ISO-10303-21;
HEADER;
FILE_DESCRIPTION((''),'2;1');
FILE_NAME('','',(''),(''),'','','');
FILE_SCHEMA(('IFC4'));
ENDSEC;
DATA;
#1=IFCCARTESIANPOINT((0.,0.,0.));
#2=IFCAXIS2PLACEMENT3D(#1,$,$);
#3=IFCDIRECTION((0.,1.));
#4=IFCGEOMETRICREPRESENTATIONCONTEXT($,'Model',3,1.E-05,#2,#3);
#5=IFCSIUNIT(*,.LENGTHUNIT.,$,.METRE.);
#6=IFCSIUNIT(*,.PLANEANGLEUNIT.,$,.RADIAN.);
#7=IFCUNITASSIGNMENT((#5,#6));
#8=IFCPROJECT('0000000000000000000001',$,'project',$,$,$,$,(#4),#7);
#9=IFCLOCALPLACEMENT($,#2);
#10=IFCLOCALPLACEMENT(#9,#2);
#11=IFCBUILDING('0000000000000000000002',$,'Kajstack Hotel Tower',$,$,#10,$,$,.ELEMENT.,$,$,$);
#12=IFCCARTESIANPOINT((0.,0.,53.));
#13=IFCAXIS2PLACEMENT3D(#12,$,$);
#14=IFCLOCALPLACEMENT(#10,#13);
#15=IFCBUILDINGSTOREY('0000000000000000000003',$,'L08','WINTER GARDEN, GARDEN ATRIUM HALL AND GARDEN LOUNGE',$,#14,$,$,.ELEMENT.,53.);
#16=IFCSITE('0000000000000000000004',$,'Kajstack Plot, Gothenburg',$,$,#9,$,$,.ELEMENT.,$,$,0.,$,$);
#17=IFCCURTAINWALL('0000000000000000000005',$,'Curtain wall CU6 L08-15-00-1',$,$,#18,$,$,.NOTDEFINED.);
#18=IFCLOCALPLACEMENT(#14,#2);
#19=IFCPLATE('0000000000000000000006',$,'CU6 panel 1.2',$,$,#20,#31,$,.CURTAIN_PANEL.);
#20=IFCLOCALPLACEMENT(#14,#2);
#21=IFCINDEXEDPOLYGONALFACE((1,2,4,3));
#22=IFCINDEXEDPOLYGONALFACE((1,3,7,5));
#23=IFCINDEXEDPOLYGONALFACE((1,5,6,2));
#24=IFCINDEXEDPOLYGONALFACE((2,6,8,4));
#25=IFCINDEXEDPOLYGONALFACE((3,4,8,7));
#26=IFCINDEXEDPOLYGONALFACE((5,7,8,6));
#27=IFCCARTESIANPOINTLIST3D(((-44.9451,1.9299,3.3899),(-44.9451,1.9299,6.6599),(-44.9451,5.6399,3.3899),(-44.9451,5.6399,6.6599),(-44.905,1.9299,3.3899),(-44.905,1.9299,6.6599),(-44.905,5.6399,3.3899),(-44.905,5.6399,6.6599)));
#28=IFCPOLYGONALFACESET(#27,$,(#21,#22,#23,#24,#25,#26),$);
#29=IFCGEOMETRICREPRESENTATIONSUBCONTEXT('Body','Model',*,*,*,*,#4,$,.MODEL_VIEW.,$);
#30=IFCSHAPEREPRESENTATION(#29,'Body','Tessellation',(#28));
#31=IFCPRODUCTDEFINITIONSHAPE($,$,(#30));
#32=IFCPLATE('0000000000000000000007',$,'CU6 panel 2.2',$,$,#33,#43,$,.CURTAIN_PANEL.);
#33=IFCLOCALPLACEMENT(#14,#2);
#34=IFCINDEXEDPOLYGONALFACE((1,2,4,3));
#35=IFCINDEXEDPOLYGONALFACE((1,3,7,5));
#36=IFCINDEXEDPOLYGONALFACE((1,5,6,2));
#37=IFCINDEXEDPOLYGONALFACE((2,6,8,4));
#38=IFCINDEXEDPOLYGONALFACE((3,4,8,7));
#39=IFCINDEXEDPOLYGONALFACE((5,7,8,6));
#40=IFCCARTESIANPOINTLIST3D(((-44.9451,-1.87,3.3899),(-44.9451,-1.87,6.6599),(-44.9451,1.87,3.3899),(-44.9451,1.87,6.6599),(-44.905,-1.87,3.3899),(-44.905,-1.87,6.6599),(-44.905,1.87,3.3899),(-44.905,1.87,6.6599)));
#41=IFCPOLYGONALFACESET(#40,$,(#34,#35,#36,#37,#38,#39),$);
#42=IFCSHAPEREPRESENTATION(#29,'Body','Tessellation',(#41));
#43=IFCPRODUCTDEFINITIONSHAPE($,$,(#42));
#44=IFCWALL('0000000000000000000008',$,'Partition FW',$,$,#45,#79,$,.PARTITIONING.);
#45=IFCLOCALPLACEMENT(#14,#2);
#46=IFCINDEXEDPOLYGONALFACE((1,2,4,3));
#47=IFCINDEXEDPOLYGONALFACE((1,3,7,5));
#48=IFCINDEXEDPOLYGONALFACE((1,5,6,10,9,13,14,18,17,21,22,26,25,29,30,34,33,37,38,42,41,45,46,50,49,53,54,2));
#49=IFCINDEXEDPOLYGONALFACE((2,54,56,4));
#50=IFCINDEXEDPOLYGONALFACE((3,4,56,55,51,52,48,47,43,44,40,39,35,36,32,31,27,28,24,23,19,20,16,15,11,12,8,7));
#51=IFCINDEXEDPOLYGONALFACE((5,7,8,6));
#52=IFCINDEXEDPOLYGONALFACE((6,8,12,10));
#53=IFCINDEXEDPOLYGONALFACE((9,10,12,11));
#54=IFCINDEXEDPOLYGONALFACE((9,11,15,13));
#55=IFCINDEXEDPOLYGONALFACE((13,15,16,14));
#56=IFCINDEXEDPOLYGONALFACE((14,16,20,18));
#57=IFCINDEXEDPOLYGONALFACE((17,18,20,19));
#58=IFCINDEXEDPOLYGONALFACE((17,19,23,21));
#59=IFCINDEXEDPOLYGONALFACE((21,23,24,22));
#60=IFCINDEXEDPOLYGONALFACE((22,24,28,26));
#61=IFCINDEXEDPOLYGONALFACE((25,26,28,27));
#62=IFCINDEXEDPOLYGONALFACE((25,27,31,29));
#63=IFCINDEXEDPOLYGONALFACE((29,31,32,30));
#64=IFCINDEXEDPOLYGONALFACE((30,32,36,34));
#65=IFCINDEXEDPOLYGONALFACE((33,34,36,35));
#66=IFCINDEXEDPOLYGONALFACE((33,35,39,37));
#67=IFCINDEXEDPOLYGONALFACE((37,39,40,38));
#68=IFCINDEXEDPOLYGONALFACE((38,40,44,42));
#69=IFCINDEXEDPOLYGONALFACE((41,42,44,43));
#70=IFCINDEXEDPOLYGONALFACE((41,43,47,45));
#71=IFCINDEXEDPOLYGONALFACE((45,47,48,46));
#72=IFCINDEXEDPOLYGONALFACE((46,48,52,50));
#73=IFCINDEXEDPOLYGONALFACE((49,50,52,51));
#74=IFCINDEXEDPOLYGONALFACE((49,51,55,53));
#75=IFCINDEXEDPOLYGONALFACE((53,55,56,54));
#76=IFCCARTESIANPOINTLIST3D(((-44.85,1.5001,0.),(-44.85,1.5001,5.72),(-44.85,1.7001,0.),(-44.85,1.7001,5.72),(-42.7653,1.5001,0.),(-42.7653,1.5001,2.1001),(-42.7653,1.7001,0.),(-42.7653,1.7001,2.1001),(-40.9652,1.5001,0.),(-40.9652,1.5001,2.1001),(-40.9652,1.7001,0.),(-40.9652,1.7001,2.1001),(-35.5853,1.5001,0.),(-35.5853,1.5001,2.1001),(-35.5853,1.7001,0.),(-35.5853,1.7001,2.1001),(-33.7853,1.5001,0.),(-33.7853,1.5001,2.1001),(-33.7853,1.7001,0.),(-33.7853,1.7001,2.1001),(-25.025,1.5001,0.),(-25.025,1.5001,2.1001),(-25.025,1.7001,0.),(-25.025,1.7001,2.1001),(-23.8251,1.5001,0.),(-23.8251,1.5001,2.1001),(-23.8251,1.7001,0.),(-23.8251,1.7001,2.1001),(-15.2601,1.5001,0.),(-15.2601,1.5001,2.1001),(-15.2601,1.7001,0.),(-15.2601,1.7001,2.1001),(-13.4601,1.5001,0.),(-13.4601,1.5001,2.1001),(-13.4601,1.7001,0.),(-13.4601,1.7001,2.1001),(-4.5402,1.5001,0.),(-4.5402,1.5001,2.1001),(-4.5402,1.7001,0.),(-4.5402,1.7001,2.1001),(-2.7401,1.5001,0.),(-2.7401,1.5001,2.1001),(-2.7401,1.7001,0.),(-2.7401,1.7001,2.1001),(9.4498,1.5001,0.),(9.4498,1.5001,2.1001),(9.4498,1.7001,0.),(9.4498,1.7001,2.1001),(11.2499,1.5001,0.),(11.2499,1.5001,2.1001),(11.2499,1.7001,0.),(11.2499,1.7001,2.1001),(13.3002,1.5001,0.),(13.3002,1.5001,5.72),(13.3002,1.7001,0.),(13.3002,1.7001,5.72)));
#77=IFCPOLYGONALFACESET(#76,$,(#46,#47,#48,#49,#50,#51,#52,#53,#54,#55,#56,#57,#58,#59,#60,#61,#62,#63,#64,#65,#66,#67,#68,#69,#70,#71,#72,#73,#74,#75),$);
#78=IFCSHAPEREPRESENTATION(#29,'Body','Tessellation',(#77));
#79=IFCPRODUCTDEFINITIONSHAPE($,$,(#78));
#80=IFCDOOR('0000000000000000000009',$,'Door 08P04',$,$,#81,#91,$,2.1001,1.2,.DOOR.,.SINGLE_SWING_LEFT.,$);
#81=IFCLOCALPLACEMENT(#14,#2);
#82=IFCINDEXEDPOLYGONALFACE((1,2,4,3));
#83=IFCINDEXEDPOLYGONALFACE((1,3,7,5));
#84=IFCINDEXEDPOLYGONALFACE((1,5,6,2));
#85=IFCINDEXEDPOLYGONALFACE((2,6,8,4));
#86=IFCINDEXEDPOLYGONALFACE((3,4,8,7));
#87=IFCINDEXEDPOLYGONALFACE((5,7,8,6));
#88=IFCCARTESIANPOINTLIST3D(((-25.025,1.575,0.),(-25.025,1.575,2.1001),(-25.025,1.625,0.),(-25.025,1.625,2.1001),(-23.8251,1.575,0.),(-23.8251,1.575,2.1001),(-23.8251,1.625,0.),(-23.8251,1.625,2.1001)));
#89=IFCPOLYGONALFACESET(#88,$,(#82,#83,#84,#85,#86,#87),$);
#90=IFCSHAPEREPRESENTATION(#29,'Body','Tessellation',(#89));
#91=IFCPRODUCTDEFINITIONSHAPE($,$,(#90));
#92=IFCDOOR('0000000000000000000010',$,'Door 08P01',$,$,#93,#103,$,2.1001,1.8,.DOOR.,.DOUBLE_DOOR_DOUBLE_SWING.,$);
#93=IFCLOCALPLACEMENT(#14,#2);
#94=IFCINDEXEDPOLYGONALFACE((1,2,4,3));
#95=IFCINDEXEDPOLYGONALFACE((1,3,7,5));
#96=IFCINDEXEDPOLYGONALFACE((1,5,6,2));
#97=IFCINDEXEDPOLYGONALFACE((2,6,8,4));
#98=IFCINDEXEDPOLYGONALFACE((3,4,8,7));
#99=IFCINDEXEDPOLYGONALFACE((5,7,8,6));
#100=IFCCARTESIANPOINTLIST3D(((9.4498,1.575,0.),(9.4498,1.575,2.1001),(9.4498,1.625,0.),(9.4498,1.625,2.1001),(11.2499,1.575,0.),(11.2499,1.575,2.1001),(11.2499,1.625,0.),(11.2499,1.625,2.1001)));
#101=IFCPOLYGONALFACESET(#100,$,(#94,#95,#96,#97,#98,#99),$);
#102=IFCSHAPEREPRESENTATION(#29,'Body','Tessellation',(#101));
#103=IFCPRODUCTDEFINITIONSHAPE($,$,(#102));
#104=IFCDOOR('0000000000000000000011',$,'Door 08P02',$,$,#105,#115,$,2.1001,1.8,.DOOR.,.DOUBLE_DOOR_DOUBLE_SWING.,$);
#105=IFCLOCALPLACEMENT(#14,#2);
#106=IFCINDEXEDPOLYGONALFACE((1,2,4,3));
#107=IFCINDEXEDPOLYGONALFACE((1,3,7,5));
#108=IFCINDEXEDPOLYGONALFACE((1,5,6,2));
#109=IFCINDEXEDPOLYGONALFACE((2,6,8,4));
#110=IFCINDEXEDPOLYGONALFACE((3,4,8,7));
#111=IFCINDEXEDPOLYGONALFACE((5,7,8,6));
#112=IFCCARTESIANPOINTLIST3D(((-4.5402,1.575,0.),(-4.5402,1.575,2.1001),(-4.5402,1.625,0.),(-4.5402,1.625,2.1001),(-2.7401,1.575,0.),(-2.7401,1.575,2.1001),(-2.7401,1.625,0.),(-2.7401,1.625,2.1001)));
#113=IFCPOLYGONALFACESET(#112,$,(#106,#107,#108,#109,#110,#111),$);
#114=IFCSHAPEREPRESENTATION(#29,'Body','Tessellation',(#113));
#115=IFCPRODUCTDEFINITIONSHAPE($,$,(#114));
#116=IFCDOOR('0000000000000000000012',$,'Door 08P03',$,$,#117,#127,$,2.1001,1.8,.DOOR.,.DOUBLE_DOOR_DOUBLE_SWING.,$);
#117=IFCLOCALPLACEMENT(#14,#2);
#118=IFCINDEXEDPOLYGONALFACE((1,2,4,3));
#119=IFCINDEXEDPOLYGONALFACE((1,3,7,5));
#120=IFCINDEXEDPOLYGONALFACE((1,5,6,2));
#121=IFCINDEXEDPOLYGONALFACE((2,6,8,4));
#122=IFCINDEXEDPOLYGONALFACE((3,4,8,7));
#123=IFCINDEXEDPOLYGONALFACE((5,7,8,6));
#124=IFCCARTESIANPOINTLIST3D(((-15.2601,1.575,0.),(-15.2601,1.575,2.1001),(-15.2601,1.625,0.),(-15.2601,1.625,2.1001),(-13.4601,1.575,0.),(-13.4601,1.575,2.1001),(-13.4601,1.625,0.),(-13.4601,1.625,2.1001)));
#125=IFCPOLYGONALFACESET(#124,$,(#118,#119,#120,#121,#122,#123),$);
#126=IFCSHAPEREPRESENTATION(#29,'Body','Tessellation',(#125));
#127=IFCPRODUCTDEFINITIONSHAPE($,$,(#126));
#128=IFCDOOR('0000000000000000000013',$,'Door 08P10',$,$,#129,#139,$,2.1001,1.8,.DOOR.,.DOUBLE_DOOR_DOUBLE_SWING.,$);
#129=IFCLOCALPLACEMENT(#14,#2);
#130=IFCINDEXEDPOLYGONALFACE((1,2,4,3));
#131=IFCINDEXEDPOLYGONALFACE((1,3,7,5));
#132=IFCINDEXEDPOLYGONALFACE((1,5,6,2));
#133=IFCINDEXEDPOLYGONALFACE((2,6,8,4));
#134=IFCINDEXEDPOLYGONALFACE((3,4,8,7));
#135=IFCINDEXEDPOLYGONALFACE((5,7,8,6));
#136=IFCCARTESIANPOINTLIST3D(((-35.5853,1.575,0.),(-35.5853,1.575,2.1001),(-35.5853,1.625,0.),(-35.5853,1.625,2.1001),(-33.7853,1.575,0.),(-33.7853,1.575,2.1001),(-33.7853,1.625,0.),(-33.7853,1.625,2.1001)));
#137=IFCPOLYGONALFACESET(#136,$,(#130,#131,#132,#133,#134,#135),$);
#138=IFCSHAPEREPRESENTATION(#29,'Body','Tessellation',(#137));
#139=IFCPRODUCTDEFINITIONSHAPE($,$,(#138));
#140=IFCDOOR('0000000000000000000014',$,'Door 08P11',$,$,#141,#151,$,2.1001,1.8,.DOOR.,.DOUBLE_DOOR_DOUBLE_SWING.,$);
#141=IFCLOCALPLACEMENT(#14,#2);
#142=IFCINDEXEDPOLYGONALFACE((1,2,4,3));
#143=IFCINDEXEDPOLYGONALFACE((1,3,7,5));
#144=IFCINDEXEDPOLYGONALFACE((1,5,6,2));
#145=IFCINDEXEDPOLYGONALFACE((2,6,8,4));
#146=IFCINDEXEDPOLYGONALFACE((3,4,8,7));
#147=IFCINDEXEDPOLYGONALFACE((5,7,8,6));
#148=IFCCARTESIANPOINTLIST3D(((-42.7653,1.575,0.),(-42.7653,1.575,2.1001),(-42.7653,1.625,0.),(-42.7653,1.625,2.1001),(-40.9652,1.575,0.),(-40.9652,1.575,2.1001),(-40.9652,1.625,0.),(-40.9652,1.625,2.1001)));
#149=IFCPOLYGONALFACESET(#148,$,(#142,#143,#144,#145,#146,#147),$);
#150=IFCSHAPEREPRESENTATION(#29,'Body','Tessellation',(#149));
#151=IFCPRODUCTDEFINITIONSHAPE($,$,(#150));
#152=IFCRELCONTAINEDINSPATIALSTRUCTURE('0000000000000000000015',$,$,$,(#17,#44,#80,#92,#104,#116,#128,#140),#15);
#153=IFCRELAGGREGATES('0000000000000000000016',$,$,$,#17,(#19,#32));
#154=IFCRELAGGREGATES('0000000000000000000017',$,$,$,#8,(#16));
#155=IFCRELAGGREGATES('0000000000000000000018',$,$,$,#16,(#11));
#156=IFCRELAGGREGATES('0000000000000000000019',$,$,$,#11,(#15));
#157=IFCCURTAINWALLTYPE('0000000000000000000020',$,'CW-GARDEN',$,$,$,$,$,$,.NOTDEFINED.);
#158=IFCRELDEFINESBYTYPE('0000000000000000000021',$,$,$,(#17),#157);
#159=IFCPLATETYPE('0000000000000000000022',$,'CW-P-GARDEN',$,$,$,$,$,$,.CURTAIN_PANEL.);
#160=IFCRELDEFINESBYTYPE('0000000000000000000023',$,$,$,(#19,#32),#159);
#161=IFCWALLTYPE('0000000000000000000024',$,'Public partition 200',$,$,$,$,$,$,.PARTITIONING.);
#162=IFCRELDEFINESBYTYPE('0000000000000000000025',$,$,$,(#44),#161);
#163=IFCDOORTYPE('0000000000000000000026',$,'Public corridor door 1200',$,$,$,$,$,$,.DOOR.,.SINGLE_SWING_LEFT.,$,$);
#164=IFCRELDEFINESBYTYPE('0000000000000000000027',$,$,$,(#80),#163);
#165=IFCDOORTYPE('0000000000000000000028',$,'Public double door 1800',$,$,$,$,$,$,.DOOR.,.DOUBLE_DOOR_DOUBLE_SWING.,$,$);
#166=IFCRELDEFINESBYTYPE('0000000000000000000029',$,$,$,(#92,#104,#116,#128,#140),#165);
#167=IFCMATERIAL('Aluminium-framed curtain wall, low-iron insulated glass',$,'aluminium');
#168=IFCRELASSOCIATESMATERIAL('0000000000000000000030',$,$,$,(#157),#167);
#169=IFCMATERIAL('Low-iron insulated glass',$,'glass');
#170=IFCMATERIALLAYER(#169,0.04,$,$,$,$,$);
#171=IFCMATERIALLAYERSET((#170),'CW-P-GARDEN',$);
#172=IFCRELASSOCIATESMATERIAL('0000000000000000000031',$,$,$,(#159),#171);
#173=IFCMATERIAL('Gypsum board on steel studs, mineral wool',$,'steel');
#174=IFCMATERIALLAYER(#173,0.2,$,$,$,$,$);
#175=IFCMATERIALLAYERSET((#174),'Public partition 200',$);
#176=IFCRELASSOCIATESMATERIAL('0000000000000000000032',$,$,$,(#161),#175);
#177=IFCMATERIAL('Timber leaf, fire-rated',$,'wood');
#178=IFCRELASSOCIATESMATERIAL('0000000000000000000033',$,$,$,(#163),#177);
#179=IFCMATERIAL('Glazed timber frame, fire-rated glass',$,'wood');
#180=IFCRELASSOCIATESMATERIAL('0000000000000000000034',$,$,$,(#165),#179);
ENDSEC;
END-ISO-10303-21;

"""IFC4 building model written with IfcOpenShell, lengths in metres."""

from ifc_helpers import new_model, si_unit, direction, frame, frame_2d, origin, origin_2d, place, context, subcontext, project, spatial, rectangle, extrude, material, layer, layer_set, type_object, element, fill, aggregate, save


model = new_model("IFC4")

# Units and contexts
model_context = context("Model", 3, precision=1e-05, world=origin(), true_north=direction((0.0, 1.0)))
body_context = subcontext(model_context, "Body", "Model", "MODEL_VIEW")
ifc_project = project(units=[si_unit("LENGTHUNIT", "METRE"), si_unit("PLANEANGLEUNIT", "RADIAN")], contexts=[model_context])

# Site, building, storey
site_placement = place(None, origin())
site = spatial("IfcSite", under=ifc_project, at=site_placement, Name="Kajstack Plot, Gothenburg", CompositionType="ELEMENT", RefElevation=0.0)
building_placement = place(site_placement, origin())
building = spatial("IfcBuilding", under=site, at=building_placement, Name="Kajstack Hotel Tower", CompositionType="ELEMENT")
storey_placement = place(building_placement, frame((0.0, 0.0, 53.0)))
storey = spatial("IfcBuildingStorey", under=building, at=storey_placement, Name="L08", Description="WINTER GARDEN, GARDEN ATRIUM HALL AND GARDEN LOUNGE", CompositionType="ELEMENT", Elevation=53.0)

# Shared definitions
ifc_material_1 = material(Name="Aluminium-framed curtain wall, low-iron insulated glass", Category="aluminium")
curtain_wall_type = type_object("IfcCurtainWallType", Name="CW-GARDEN", PredefinedType="NOTDEFINED", material=ifc_material_1)

# Curtain wall
curtain_wall_1_placement = place(storey_placement, origin())
curtain_wall_1 = element("IfcCurtainWall", 1, at=curtain_wall_1_placement, inside=storey, type_object=curtain_wall_type, Name="Curtain wall CU6 L08-15-00-1", PredefinedType="NOTDEFINED")

# Plates
ifc_material_2 = material(Name="Low-iron insulated glass", Category="glass")
ifc_layer_1 = layer(ifc_material_2, 0.04)
ifc_layer_set_1 = layer_set([ifc_layer_1], Name="CW-P-GARDEN")
plate_type = type_object("IfcPlateType", Name="CW-P-GARDEN", PredefinedType="CURTAIN_PANEL", material=ifc_layer_set_1)
plate_1_placement = place(storey_placement, frame((-44.925, 3.7849, 3.3899), z_axis=(0.0, 0.0, 1.0), x_axis=(0.0, -1.0, 0.0)))
plate_1 = element("IfcPlate", 2, at=plate_1_placement, type_object=plate_type, Name="CU6 panel 1.2", PredefinedType="CURTAIN_PANEL", context=body_context, shape_type="SweptSolid", body=[
    extrude(rectangle(XDim=3.71, YDim=0.04, at=origin_2d()), origin(), (0.0, 0.0, 1.0), 3.27),
])
plate_2_placement = place(storey_placement, frame((-44.925, 0.0, 3.3899), z_axis=(0.0, 0.0, 1.0), x_axis=(0.0, -1.0, 0.0)))
plate_2 = element("IfcPlate", 3, at=plate_2_placement, type_object=plate_type, Name="CU6 panel 2.2", PredefinedType="CURTAIN_PANEL", context=body_context, shape_type="SweptSolid", body=[
    extrude(rectangle(XDim=3.74, YDim=0.04, at=origin_2d()), origin(), (0.0, 0.0, 1.0), 3.27),
])
aggregate(curtain_wall_1, [plate_1, plate_2])

# Wall, openings, doors
ifc_material_3 = material(Name="Gypsum board on steel studs, mineral wool", Category="steel")
ifc_layer_2 = layer(ifc_material_3, 0.2)
ifc_layer_set_2 = layer_set([ifc_layer_2], Name="Public partition 200")
wall_type = type_object("IfcWallType", Name="Public partition 200", PredefinedType="PARTITIONING", material=ifc_layer_set_2)
wall_placement = place(storey_placement, frame((-44.8501, 1.6001, 0.0), z_axis=(0.0, 0.0, 1.0), x_axis=(1.0, 0.0, 0.0)))
wall = element("IfcWall", 4, at=wall_placement, inside=storey, type_object=wall_type, Name="Partition FW", PredefinedType="PARTITIONING", context=body_context, shape_type="SweptSolid", body=[
    extrude(rectangle(XDim=58.1501, YDim=0.2, at=frame_2d((29.0752, 0.0))), origin(), (0.0, 0.0, 1.0), 5.72),
])
opening_1_placement = place(wall_placement, frame((54.3, 0.0, 0.0)))
opening_1 = element("IfcOpeningElement", 5, at=opening_1_placement, cuts=wall, PredefinedType="OPENING", context=body_context, shape_type="SweptSolid", body=[
    extrude(rectangle(XDim=1.8, YDim=2.1001, at=frame_2d((0.8999, 1.05))), frame((0.0, 0.1099, 0.0), z_axis=(0.0, -1.0, 0.0), x_axis=(1.0, 0.0, 0.0)), (0.0, 0.0, 1.0), 0.22),
])
opening_2_placement = place(wall_placement, frame((40.3101, 0.0, 0.0)))
opening_2 = element("IfcOpeningElement", 6, at=opening_2_placement, cuts=wall, PredefinedType="OPENING", context=body_context, shape_type="SweptSolid", body=[
    extrude(rectangle(XDim=1.8, YDim=2.1001, at=frame_2d((0.8999, 1.05))), frame((0.0, 0.1099, 0.0), z_axis=(0.0, -1.0, 0.0), x_axis=(1.0, 0.0, 0.0)), (0.0, 0.0, 1.0), 0.22),
])
opening_3_placement = place(wall_placement, frame((29.5901, 0.0, 0.0)))
opening_3 = element("IfcOpeningElement", 7, at=opening_3_placement, cuts=wall, PredefinedType="OPENING", context=body_context, shape_type="SweptSolid", body=[
    extrude(rectangle(XDim=1.8, YDim=2.1001, at=frame_2d((0.8999, 1.05))), frame((0.0, 0.1099, 0.0), z_axis=(0.0, -1.0, 0.0), x_axis=(1.0, 0.0, 0.0)), (0.0, 0.0, 1.0), 0.22),
])
opening_4_placement = place(wall_placement, frame((19.825, 0.0, 0.0)))
opening_4 = element("IfcOpeningElement", 8, at=opening_4_placement, cuts=wall, PredefinedType="OPENING", context=body_context, shape_type="SweptSolid", body=[
    extrude(rectangle(XDim=1.2, YDim=2.1001, at=frame_2d((0.6001, 1.05))), frame((0.0, 0.1099, 0.0), z_axis=(0.0, -1.0, 0.0), x_axis=(1.0, 0.0, 0.0)), (0.0, 0.0, 1.0), 0.22),
])
opening_5_placement = place(wall_placement, frame((9.2649, 0.0, 0.0)))
opening_5 = element("IfcOpeningElement", 9, at=opening_5_placement, cuts=wall, PredefinedType="OPENING", context=body_context, shape_type="SweptSolid", body=[
    extrude(rectangle(XDim=1.8, YDim=2.1001, at=frame_2d((0.8999, 1.05))), frame((0.0, 0.1099, 0.0), z_axis=(0.0, -1.0, 0.0), x_axis=(1.0, 0.0, 0.0)), (0.0, 0.0, 1.0), 0.22),
])
opening_6_placement = place(wall_placement, frame((2.085, 0.0, 0.0)))
opening_6 = element("IfcOpeningElement", 10, at=opening_6_placement, cuts=wall, PredefinedType="OPENING", context=body_context, shape_type="SweptSolid", body=[
    extrude(rectangle(XDim=1.8, YDim=2.1001, at=frame_2d((0.8999, 1.05))), frame((0.0, 0.1099, 0.0), z_axis=(0.0, -1.0, 0.0), x_axis=(1.0, 0.0, 0.0)), (0.0, 0.0, 1.0), 0.22),
])
ifc_material_4 = material(Name="Timber leaf, fire-rated", Category="wood")
door_type_1 = type_object("IfcDoorType", Name="Public corridor door 1200", OperationType="SINGLE_SWING_LEFT", PredefinedType="DOOR", material=ifc_material_4)
door_1_placement = place(opening_4_placement, origin())
door_1 = element("IfcDoor", 11, at=door_1_placement, inside=storey, type_object=door_type_1, Name="Door 08P04", OperationType="SINGLE_SWING_LEFT", OverallHeight=2.1001, OverallWidth=1.2, PredefinedType="DOOR", context=body_context, shape_type="SweptSolid", body=[
    extrude(rectangle(XDim=1.2, YDim=2.1001, at=frame_2d((0.6001, 1.05))), frame((0.0, 0.0249, 0.0), z_axis=(0.0, -1.0, 0.0), x_axis=(1.0, 0.0, 0.0)), (0.0, 0.0, 1.0), 0.05),
])
fill(opening_4, door_1)
ifc_material_5 = material(Name="Glazed timber frame, fire-rated glass", Category="wood")
door_type_2 = type_object("IfcDoorType", Name="Public double door 1800", OperationType="DOUBLE_DOOR_DOUBLE_SWING", PredefinedType="DOOR", material=ifc_material_5)
door_2_placement = place(opening_1_placement, origin())
door_2 = element("IfcDoor", 12, at=door_2_placement, inside=storey, type_object=door_type_2, Name="Door 08P01", OperationType="DOUBLE_DOOR_DOUBLE_SWING", OverallHeight=2.1001, OverallWidth=1.8, PredefinedType="DOOR", context=body_context, shape_type="SweptSolid", body=[
    extrude(rectangle(XDim=1.8, YDim=2.1001, at=frame_2d((0.8999, 1.05))), frame((0.0, 0.0249, 0.0), z_axis=(0.0, -1.0, 0.0), x_axis=(1.0, 0.0, 0.0)), (0.0, 0.0, 1.0), 0.05),
])
fill(opening_1, door_2)
door_3_placement = place(opening_2_placement, origin())
door_3 = element("IfcDoor", 13, at=door_3_placement, inside=storey, type_object=door_type_2, Name="Door 08P02", OperationType="DOUBLE_DOOR_DOUBLE_SWING", OverallHeight=2.1001, OverallWidth=1.8, PredefinedType="DOOR", context=body_context, shape_type="SweptSolid", body=[
    extrude(rectangle(XDim=1.8, YDim=2.1001, at=frame_2d((0.8999, 1.05))), frame((0.0, 0.0249, 0.0), z_axis=(0.0, -1.0, 0.0), x_axis=(1.0, 0.0, 0.0)), (0.0, 0.0, 1.0), 0.05),
])
fill(opening_2, door_3)
door_4_placement = place(opening_3_placement, origin())
door_4 = element("IfcDoor", 14, at=door_4_placement, inside=storey, type_object=door_type_2, Name="Door 08P03", OperationType="DOUBLE_DOOR_DOUBLE_SWING", OverallHeight=2.1001, OverallWidth=1.8, PredefinedType="DOOR", context=body_context, shape_type="SweptSolid", body=[
    extrude(rectangle(XDim=1.8, YDim=2.1001, at=frame_2d((0.8999, 1.05))), frame((0.0, 0.0249, 0.0), z_axis=(0.0, -1.0, 0.0), x_axis=(1.0, 0.0, 0.0)), (0.0, 0.0, 1.0), 0.05),
])
fill(opening_3, door_4)
door_5_placement = place(opening_5_placement, origin())
door_5 = element("IfcDoor", 15, at=door_5_placement, inside=storey, type_object=door_type_2, Name="Door 08P10", OperationType="DOUBLE_DOOR_DOUBLE_SWING", OverallHeight=2.1001, OverallWidth=1.8, PredefinedType="DOOR", context=body_context, shape_type="SweptSolid", body=[
    extrude(rectangle(XDim=1.8, YDim=2.1001, at=frame_2d((0.8999, 1.05))), frame((0.0, 0.0249, 0.0), z_axis=(0.0, -1.0, 0.0), x_axis=(1.0, 0.0, 0.0)), (0.0, 0.0, 1.0), 0.05),
])
fill(opening_5, door_5)
door_6_placement = place(opening_6_placement, origin())
door_6 = element("IfcDoor", 16, at=door_6_placement, inside=storey, type_object=door_type_2, Name="Door 08P11", OperationType="DOUBLE_DOOR_DOUBLE_SWING", OverallHeight=2.1001, OverallWidth=1.8, PredefinedType="DOOR", context=body_context, shape_type="SweptSolid", body=[
    extrude(rectangle(XDim=1.8, YDim=2.1001, at=frame_2d((0.8999, 1.05))), frame((0.0, 0.0249, 0.0), z_axis=(0.0, -1.0, 0.0), x_axis=(1.0, 0.0, 0.0)), (0.0, 0.0, 1.0), 0.05),
])
fill(opening_6, door_6)

save(model, "model.ifc")
